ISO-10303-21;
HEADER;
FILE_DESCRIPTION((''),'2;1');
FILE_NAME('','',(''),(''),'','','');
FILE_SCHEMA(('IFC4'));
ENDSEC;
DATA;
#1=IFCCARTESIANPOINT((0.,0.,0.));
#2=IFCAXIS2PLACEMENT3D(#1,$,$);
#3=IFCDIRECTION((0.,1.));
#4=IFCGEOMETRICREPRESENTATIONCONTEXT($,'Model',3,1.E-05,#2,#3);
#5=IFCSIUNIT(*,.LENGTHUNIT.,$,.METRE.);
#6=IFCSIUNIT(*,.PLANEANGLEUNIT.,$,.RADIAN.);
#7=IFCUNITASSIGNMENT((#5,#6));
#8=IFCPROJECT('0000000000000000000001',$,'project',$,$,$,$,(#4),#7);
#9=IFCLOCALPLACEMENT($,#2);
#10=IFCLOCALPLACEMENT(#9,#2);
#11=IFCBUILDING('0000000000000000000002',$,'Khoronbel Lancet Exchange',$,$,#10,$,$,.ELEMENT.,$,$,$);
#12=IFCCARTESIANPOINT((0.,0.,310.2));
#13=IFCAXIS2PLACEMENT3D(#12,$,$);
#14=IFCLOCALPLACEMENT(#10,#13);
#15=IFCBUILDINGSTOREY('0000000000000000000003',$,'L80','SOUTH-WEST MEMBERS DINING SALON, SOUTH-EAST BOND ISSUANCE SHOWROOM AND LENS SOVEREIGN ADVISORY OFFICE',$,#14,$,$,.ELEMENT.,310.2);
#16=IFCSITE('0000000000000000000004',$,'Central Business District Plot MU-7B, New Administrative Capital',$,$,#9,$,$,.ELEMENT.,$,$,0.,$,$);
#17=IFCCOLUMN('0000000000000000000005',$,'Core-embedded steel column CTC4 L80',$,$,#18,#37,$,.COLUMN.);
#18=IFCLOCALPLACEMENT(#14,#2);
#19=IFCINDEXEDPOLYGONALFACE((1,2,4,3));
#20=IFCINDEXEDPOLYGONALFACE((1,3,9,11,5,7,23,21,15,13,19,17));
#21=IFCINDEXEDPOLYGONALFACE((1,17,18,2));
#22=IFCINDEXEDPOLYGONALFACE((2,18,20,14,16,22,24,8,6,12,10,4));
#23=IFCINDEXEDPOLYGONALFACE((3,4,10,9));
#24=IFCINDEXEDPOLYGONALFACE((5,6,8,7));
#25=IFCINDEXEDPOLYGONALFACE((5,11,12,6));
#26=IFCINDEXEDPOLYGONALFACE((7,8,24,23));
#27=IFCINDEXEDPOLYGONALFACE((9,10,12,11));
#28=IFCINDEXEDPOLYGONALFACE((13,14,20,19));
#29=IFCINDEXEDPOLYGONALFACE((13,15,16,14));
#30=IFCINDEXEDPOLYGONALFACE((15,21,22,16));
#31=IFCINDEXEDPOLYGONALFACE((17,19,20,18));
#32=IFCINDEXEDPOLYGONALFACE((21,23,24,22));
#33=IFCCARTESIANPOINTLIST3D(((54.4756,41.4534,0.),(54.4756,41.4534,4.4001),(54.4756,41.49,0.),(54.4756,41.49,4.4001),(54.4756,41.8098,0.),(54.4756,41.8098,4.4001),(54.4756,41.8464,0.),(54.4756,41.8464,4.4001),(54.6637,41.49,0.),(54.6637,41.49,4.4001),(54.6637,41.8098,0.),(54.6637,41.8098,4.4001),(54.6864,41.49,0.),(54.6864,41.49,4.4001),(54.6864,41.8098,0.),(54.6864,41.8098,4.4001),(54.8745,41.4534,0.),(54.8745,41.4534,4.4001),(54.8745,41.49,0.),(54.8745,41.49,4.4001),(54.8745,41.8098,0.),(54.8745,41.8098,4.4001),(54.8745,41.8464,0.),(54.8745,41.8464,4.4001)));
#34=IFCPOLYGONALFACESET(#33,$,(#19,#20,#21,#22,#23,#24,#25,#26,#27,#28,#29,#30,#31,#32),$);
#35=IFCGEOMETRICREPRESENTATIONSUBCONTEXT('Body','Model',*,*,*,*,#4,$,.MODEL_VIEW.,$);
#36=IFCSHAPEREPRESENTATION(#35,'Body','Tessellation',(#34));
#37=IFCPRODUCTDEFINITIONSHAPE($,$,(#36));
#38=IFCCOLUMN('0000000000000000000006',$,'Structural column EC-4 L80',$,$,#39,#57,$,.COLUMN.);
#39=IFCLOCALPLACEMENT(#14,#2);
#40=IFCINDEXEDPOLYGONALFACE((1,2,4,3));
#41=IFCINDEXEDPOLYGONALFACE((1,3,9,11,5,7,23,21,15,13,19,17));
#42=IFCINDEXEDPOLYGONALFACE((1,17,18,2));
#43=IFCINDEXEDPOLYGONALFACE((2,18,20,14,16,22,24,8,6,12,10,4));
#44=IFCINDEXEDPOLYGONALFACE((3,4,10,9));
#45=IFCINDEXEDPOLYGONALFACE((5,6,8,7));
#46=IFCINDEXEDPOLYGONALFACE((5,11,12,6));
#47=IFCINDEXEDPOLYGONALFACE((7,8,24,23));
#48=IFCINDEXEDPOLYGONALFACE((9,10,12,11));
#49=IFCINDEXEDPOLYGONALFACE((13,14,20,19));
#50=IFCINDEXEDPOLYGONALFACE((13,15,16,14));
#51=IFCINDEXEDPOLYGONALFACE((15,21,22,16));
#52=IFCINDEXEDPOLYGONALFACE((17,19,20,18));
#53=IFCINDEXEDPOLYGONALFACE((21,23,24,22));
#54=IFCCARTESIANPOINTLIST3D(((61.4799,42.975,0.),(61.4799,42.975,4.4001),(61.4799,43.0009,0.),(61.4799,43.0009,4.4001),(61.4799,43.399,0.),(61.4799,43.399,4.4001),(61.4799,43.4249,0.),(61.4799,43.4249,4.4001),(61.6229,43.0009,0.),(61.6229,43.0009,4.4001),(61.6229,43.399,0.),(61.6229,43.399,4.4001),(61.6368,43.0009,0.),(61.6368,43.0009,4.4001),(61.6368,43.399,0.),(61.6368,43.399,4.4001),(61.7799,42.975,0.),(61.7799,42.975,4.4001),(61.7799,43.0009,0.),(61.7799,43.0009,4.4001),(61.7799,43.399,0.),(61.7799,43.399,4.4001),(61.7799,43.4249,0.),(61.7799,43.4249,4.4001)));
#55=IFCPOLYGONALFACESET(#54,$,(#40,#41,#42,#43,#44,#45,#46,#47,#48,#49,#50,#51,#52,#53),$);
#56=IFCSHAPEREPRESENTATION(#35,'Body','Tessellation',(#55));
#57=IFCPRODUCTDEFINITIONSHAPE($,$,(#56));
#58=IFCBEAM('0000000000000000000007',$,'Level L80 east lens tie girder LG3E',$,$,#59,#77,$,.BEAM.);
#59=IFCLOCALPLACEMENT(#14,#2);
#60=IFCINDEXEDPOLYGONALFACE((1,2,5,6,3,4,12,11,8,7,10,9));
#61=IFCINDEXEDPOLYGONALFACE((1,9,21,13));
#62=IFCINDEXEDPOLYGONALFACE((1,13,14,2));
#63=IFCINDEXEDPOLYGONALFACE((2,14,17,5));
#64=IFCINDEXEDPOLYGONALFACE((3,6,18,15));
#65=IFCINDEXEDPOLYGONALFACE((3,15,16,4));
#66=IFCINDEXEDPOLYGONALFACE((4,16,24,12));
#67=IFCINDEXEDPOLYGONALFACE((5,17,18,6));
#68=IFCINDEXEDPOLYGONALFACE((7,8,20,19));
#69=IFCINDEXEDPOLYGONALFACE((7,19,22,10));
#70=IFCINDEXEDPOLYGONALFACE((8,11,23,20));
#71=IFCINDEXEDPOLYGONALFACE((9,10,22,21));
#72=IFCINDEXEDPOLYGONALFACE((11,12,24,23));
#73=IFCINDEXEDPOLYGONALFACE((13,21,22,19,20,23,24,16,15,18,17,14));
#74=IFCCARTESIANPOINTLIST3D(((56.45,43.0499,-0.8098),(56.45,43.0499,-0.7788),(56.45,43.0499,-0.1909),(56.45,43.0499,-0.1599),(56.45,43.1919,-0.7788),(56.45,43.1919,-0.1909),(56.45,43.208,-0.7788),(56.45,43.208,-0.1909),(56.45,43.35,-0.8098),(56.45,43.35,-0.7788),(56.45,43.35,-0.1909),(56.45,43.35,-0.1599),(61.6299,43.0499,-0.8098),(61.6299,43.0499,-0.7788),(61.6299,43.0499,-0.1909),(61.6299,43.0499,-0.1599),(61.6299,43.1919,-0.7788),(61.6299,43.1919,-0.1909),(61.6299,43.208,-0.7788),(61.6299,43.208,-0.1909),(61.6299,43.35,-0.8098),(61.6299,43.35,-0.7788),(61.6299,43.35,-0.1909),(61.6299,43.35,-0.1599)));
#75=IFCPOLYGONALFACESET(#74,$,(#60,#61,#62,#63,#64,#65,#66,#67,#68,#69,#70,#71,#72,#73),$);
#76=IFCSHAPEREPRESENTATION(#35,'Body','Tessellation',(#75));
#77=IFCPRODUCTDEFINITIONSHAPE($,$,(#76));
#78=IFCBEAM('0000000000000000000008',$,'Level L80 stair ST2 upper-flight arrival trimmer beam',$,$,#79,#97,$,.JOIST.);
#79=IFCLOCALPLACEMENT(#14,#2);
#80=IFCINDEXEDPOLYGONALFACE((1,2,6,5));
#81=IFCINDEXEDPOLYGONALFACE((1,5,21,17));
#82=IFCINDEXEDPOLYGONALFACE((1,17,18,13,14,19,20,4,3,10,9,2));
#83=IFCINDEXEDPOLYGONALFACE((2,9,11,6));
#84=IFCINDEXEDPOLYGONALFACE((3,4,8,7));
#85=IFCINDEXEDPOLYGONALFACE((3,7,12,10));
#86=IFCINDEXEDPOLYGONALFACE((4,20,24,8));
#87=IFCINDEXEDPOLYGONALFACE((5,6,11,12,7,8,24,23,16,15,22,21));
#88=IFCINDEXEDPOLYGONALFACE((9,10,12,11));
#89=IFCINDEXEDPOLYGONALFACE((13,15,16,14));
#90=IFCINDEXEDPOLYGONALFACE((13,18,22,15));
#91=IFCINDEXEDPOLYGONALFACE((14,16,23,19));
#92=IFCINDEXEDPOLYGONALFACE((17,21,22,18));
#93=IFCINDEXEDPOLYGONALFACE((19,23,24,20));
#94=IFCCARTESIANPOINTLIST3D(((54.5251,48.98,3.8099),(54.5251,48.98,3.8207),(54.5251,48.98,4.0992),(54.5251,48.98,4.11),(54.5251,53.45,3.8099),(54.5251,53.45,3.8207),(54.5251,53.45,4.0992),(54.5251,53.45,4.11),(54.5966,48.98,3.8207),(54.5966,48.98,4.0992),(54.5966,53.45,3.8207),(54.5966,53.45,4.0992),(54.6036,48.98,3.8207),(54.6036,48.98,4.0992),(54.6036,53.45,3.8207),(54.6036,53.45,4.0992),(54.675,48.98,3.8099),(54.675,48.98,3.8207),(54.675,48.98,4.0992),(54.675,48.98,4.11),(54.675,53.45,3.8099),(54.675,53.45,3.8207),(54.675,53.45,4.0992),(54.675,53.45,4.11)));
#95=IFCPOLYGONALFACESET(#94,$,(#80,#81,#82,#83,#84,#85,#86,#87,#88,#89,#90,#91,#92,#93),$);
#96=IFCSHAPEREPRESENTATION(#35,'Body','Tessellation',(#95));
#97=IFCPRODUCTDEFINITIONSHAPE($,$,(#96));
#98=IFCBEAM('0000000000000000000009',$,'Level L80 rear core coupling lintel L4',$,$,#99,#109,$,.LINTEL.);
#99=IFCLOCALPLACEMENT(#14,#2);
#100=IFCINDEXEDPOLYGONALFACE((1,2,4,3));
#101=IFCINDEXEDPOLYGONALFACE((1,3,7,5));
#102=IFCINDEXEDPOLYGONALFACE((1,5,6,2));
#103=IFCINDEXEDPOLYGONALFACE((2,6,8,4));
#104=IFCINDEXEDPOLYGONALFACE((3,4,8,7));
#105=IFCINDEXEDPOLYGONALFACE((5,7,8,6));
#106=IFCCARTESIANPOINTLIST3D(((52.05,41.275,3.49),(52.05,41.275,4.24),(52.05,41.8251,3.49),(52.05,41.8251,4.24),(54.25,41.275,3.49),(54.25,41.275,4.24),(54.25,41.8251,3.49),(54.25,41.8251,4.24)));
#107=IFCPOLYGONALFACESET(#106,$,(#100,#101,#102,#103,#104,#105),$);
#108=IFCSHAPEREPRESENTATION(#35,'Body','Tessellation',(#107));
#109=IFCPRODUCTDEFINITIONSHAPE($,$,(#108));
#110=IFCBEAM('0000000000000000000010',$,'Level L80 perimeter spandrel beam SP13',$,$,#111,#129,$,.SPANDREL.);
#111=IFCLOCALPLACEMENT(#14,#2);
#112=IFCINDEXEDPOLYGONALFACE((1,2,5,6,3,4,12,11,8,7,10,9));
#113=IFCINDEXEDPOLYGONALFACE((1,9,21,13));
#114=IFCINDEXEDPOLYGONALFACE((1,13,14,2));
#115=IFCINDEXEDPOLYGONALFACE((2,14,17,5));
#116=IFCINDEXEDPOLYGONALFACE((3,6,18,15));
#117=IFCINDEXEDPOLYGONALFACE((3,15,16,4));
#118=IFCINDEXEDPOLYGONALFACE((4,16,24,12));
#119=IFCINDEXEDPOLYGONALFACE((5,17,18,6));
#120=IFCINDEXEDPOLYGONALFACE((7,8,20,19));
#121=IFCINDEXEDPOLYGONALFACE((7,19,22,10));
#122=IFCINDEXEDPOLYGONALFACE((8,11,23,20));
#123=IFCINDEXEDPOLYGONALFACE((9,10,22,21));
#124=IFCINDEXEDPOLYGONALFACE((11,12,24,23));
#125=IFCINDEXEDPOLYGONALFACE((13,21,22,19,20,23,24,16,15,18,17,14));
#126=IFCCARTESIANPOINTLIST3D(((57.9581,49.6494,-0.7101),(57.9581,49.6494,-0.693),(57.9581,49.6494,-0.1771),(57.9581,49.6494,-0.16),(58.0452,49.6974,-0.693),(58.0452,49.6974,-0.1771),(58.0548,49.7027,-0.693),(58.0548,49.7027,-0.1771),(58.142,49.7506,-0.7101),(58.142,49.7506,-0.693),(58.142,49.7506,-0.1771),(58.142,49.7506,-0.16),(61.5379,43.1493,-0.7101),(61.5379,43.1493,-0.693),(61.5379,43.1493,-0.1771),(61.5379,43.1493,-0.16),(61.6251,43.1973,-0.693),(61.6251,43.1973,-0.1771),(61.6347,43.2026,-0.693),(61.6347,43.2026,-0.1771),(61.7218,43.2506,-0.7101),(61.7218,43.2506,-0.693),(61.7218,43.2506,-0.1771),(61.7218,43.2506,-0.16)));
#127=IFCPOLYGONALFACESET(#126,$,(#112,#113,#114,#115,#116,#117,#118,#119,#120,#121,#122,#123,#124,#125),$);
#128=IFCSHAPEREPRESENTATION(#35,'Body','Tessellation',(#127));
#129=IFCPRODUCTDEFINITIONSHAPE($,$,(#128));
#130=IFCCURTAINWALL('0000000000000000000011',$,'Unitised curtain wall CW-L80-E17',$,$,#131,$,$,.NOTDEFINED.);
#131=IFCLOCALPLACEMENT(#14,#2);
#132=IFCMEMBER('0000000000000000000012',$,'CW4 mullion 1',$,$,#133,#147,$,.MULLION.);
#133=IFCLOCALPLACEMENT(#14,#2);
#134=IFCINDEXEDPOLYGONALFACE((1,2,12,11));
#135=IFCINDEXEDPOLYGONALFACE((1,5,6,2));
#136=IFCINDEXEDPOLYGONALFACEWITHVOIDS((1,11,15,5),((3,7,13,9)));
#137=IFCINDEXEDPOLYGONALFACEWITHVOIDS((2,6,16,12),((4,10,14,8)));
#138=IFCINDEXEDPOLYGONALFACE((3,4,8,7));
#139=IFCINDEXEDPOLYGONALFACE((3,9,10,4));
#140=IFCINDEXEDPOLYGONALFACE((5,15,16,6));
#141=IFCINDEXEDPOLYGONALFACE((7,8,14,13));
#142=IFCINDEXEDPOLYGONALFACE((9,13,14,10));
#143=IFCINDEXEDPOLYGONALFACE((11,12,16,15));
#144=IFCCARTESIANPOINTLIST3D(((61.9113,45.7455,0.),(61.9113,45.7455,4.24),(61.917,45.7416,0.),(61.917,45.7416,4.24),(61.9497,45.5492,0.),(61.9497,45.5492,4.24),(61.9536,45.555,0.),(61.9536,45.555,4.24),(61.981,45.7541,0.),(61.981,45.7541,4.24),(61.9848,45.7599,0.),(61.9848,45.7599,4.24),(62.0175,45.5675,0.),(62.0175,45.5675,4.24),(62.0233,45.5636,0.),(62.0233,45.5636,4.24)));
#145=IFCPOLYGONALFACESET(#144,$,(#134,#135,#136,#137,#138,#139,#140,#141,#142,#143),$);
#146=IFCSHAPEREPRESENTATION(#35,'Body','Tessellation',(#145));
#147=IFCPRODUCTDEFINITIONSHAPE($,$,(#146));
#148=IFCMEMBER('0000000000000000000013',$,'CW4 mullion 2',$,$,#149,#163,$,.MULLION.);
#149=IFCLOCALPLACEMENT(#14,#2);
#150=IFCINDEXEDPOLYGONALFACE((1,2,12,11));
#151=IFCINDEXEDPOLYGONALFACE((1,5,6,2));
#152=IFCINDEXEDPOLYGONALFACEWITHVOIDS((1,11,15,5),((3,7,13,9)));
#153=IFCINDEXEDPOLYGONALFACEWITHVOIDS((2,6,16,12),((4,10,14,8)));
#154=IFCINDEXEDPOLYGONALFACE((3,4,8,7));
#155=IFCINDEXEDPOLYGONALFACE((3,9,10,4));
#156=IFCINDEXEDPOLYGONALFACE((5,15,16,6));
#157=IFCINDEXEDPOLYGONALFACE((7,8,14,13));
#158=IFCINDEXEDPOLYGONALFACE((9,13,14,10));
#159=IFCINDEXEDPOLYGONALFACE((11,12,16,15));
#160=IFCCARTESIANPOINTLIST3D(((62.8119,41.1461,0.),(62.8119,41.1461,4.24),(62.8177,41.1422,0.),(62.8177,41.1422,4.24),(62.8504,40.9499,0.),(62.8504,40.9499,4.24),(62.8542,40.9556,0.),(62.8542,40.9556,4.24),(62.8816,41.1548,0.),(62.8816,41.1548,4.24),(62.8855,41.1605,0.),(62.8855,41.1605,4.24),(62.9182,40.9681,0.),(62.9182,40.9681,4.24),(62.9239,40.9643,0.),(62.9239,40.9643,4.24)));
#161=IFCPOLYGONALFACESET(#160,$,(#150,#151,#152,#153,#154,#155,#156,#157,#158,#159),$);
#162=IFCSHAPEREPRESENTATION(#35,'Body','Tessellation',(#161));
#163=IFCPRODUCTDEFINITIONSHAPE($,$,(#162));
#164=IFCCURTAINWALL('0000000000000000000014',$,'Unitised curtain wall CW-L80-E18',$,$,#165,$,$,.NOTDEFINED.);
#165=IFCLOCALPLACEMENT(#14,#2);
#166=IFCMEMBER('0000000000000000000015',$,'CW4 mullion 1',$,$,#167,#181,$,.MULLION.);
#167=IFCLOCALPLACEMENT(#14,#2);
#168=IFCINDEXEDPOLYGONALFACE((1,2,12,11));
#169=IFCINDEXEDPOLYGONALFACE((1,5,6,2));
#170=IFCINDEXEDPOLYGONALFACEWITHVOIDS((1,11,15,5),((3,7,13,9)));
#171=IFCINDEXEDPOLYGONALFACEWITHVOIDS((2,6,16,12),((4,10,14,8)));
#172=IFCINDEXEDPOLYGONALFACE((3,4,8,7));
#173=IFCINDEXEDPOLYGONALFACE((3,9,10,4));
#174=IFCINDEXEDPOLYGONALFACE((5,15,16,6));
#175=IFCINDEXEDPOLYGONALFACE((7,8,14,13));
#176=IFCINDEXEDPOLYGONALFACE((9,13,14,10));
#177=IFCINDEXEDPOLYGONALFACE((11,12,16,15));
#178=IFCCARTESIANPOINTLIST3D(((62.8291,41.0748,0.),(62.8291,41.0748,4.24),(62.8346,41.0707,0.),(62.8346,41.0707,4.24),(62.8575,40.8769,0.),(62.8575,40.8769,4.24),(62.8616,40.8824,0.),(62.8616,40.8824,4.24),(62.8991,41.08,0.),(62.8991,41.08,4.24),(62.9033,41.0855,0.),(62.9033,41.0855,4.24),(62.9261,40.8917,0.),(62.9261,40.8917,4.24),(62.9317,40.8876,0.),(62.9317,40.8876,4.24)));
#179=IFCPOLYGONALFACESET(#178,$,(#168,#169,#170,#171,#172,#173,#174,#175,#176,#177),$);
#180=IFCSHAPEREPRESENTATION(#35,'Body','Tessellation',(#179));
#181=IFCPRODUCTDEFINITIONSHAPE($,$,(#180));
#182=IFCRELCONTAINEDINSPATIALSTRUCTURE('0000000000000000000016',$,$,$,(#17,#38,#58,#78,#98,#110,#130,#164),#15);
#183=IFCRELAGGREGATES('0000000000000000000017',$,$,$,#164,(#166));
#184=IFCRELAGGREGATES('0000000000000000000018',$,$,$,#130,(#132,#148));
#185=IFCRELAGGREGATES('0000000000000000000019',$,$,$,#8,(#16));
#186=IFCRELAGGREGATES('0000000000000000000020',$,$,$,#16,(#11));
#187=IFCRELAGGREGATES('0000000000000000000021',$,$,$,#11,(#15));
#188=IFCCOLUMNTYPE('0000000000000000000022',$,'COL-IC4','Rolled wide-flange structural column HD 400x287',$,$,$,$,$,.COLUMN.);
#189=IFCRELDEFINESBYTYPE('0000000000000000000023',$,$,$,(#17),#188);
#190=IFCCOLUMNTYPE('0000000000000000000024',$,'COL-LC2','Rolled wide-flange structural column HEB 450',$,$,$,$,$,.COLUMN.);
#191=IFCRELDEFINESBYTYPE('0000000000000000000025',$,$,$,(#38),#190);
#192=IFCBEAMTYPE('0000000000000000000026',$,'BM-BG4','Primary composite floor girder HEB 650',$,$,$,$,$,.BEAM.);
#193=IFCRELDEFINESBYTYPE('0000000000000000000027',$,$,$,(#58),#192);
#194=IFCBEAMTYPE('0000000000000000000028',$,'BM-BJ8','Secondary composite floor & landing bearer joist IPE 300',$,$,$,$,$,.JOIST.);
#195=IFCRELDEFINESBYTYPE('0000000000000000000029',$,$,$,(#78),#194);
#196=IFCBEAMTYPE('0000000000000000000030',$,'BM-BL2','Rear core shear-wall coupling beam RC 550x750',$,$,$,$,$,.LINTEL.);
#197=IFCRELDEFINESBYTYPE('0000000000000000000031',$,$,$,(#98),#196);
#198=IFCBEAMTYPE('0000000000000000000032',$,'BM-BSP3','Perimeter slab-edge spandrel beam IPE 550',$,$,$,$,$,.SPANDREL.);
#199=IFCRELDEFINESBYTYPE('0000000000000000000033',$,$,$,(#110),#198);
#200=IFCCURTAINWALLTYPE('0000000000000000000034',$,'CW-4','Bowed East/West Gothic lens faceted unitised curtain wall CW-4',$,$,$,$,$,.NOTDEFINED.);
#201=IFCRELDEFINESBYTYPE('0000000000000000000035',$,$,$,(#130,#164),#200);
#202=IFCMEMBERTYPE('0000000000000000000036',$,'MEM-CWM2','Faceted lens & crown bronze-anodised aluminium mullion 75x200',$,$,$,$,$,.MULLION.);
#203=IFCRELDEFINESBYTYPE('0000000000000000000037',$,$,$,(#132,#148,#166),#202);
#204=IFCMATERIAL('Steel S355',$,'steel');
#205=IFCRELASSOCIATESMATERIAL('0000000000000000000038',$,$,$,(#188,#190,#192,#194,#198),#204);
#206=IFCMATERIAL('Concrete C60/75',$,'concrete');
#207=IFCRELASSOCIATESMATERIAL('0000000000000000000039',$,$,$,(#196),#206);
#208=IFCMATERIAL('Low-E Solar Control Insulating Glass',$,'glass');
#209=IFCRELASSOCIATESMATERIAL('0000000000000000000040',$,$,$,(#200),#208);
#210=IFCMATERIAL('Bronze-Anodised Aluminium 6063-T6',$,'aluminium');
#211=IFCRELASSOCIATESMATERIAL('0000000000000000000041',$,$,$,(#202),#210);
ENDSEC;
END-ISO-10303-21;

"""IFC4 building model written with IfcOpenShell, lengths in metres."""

from ifc_helpers import new_model, si_unit, direction, frame, origin, origin_2d, place, context, subcontext, project, spatial, rectangle, hollow_rectangle, i_section, extrude, material, material_profile, profile_set, type_object, element, aggregate, save


model = new_model("IFC4")

# Units and contexts
model_context = context("Model", 3, precision=1e-05, world=origin(), true_north=direction((0.0, 1.0)))
body_context = subcontext(model_context, "Body", "Model", "MODEL_VIEW")
ifc_project = project(units=[si_unit("LENGTHUNIT", "METRE"), si_unit("PLANEANGLEUNIT", "RADIAN")], contexts=[model_context])

# Site, building, storey
site_placement = place(None, origin())
site = spatial("IfcSite", under=ifc_project, at=site_placement, Name="Central Business District Plot MU-7B, New Administrative Capital", CompositionType="ELEMENT", RefElevation=0.0)
building_placement = place(site_placement, origin())
building = spatial("IfcBuilding", under=site, at=building_placement, Name="Khoronbel Lancet Exchange", CompositionType="ELEMENT")
storey_placement = place(building_placement, frame((0.0, 0.0, 310.2)))
storey = spatial("IfcBuildingStorey", under=building, at=storey_placement, Name="L80", Description="SOUTH-WEST MEMBERS DINING SALON, SOUTH-EAST BOND ISSUANCE SHOWROOM AND LENS SOVEREIGN ADVISORY OFFICE", CompositionType="ELEMENT", Elevation=310.2)

# Columns
ifc_material_1 = material(Name="Steel S355", Category="steel")
ifc_material_profile_1 = material_profile(ifc_material_1, i_section(OverallWidth=0.3989, OverallDepth=0.3931, WebThickness=0.0227, FlangeThickness=0.0366, at=origin_2d()), Name="HD 400x287")
ifc_profile_set_1 = profile_set([ifc_material_profile_1], Name="Steel S355")
column_type_1 = type_object("IfcColumnType", Name="COL-IC4", Description="Rolled wide-flange structural column HD 400x287", PredefinedType="COLUMN", material=ifc_profile_set_1)
column_1_placement = place(storey_placement, frame((54.675, 41.6499, 0.0), z_axis=(0.0, 0.0, 1.0), x_axis=(1.0, 0.0, 0.0)))
element("IfcColumn", 1, at=column_1_placement, inside=storey, type_object=column_type_1, Name="Core-embedded steel column CTC4 L80", PredefinedType="COLUMN", context=body_context, shape_type="SweptSolid", body=[
    extrude(i_section(OverallWidth=0.3989, OverallDepth=0.3931, WebThickness=0.0227, FlangeThickness=0.0366, at=origin_2d()), origin(), (0.0, 0.0, 1.0), 4.4001),
])
ifc_material_profile_2 = material_profile(ifc_material_1, i_section(OverallWidth=0.3, OverallDepth=0.45, WebThickness=0.0139, FlangeThickness=0.0259, at=origin_2d()), Name="HEB 450")
ifc_profile_set_2 = profile_set([ifc_material_profile_2], Name="Steel S355")
column_type_2 = type_object("IfcColumnType", Name="COL-LC2", Description="Rolled wide-flange structural column HEB 450", PredefinedType="COLUMN", material=ifc_profile_set_2)
column_2_placement = place(storey_placement, frame((61.6299, 43.2, 0.0), z_axis=(0.0, 0.0, 1.0), x_axis=(1.0, 0.0, 0.0)))
element("IfcColumn", 2, at=column_2_placement, inside=storey, type_object=column_type_2, Name="Structural column EC-4 L80", PredefinedType="COLUMN", context=body_context, shape_type="SweptSolid", body=[
    extrude(i_section(OverallWidth=0.3, OverallDepth=0.45, WebThickness=0.0139, FlangeThickness=0.0259, at=origin_2d()), origin(), (0.0, 0.0, 1.0), 4.4001),
])

# Beams
ifc_material_profile_3 = material_profile(ifc_material_1, i_section(OverallWidth=0.3, OverallDepth=0.6499, WebThickness=0.0161, FlangeThickness=0.031, at=origin_2d()), Name="HEB 650")
ifc_profile_set_3 = profile_set([ifc_material_profile_3], Name="Steel S355")
beam_type_1 = type_object("IfcBeamType", Name="BM-BG4", Description="Primary composite floor girder HEB 650", PredefinedType="BEAM", material=ifc_profile_set_3)
beam_1_placement = place(storey_placement, frame((56.45, 43.2, -0.4849), z_axis=(1.0, 0.0, 0.0), x_axis=(0.0, 1.0, 0.0)))
element("IfcBeam", 3, at=beam_1_placement, inside=storey, type_object=beam_type_1, Name="Level L80 east lens tie girder LG3E", PredefinedType="BEAM", context=body_context, shape_type="SweptSolid", body=[
    extrude(i_section(OverallWidth=0.3, OverallDepth=0.6499, WebThickness=0.0161, FlangeThickness=0.031, at=origin_2d()), origin(), (0.0, 0.0, 1.0), 5.1799),
])
ifc_material_profile_4 = material_profile(ifc_material_1, i_section(OverallWidth=0.1499, OverallDepth=0.3, WebThickness=0.0071, FlangeThickness=0.0107, at=origin_2d()), Name="IPE 300")
ifc_profile_set_4 = profile_set([ifc_material_profile_4], Name="Steel S355")
beam_type_2 = type_object("IfcBeamType", Name="BM-BJ8", Description="Secondary composite floor & landing bearer joist IPE 300", PredefinedType="JOIST", material=ifc_profile_set_4)
beam_2_placement = place(storey_placement, frame((54.6001, 48.98, 3.96), z_axis=(0.0, 1.0, 0.0), x_axis=(-1.0, 0.0, 0.0)))
element("IfcBeam", 4, at=beam_2_placement, inside=storey, type_object=beam_type_2, Name="Level L80 stair ST2 upper-flight arrival trimmer beam", PredefinedType="JOIST", context=body_context, shape_type="SweptSolid", body=[
    extrude(i_section(OverallWidth=0.1499, OverallDepth=0.3, WebThickness=0.0071, FlangeThickness=0.0107, at=origin_2d()), origin(), (0.0, 0.0, 1.0), 4.47),
])
ifc_material_2 = material(Name="Concrete C60/75", Category="concrete")
ifc_material_profile_5 = material_profile(ifc_material_2, rectangle(XDim=0.55, YDim=0.75, at=origin_2d()), Name="RC 550x750")
ifc_profile_set_5 = profile_set([ifc_material_profile_5], Name="Concrete C60/75")
beam_type_3 = type_object("IfcBeamType", Name="BM-BL2", Description="Rear core shear-wall coupling beam RC 550x750", PredefinedType="LINTEL", material=ifc_profile_set_5)
beam_3_placement = place(storey_placement, frame((52.05, 41.55, 3.865), z_axis=(1.0, 0.0, 0.0), x_axis=(0.0, 1.0, 0.0)))
element("IfcBeam", 5, at=beam_3_placement, inside=storey, type_object=beam_type_3, Name="Level L80 rear core coupling lintel L4", PredefinedType="LINTEL", context=body_context, shape_type="SweptSolid", body=[
    extrude(rectangle(XDim=0.55, YDim=0.75, at=origin_2d()), origin(), (0.0, 0.0, 1.0), 2.2),
])
ifc_material_profile_6 = material_profile(ifc_material_1, i_section(OverallWidth=0.21, OverallDepth=0.55, WebThickness=0.011, FlangeThickness=0.0171, at=origin_2d()), Name="IPE 550")
ifc_profile_set_6 = profile_set([ifc_material_profile_6], Name="Steel S355")
beam_type_4 = type_object("IfcBeamType", Name="BM-BSP3", Description="Perimeter slab-edge spandrel beam IPE 550", PredefinedType="SPANDREL", material=ifc_profile_set_6)
beam_4_placement = place(storey_placement, frame((61.6299, 43.2, -0.4351), z_axis=(-0.482419, 0.875941, 0.0), x_axis=(-0.875941, -0.482419, 0.0)))
element("IfcBeam", 6, at=beam_4_placement, inside=storey, type_object=beam_type_4, Name="Level L80 perimeter spandrel beam SP13", PredefinedType="SPANDREL", context=body_context, shape_type="SweptSolid", body=[
    extrude(i_section(OverallWidth=0.21, OverallDepth=0.55, WebThickness=0.011, FlangeThickness=0.0171, at=origin_2d()), origin(), (0.0, 0.0, 1.0), 7.4207),
])

# Curtain wall, members
ifc_material_3 = material(Name="Low-E Solar Control Insulating Glass", Category="glass")
curtain_wall_type = type_object("IfcCurtainWallType", Name="CW-4", Description="Bowed East/West Gothic lens faceted unitised curtain wall CW-4", PredefinedType="NOTDEFINED", material=ifc_material_3)
curtain_wall_1_placement = place(storey_placement, origin())
curtain_wall_1 = element("IfcCurtainWall", 7, at=curtain_wall_1_placement, inside=storey, type_object=curtain_wall_type, Name="Unitised curtain wall CW-L80-E17", PredefinedType="NOTDEFINED")
ifc_material_4 = material(Name="Bronze-Anodised Aluminium 6063-T6", Category="aluminium")
ifc_material_profile_7 = material_profile(ifc_material_4, hollow_rectangle(XDim=0.075, YDim=0.2, WallThickness=0.0049, at=origin_2d()), Name="ALU MULLION 75x200")
ifc_profile_set_7 = profile_set([ifc_material_profile_7], Name="Bronze-Anodised Aluminium 6063-T6")
member_type_1 = type_object("IfcMemberType", Name="MEM-CWM2", Description="Faceted lens & crown bronze-anodised aluminium mullion 75x200", PredefinedType="MULLION", material=ifc_profile_set_7)
member_1_placement = place(storey_placement, frame((61.9673, 45.6545, 0.0), z_axis=(0.0, 0.0, 1.0), x_axis=(0.98136, 0.192177, 0.0)))
member_1 = element("IfcMember", 8, at=member_1_placement, type_object=member_type_1, Name="CW4 mullion 1", PredefinedType="MULLION", context=body_context, shape_type="SweptSolid", body=[
    extrude(hollow_rectangle(XDim=0.075, YDim=0.2, WallThickness=0.0049, at=origin_2d()), origin(), (0.0, 0.0, 1.0), 4.24),
])
member_2_placement = place(storey_placement, frame((62.8679, 41.0552, 0.0), z_axis=(0.0, 0.0, 1.0), x_axis=(0.98136, 0.192177, 0.0)))
member_2 = element("IfcMember", 9, at=member_2_placement, type_object=member_type_1, Name="CW4 mullion 2", PredefinedType="MULLION", context=body_context, shape_type="SweptSolid", body=[
    extrude(hollow_rectangle(XDim=0.075, YDim=0.2, WallThickness=0.0049, at=origin_2d()), origin(), (0.0, 0.0, 1.0), 4.24),
])

# Curtain wall, member
curtain_wall_2_placement = place(storey_placement, origin())
curtain_wall_2 = element("IfcCurtainWall", 10, at=curtain_wall_2_placement, inside=storey, type_object=curtain_wall_type, Name="Unitised curtain wall CW-L80-E18", PredefinedType="NOTDEFINED")
member_3_placement = place(storey_placement, frame((62.8804, 40.9812, 0.0), z_axis=(0.0, 0.0, 1.0), x_axis=(0.98988, 0.141906, 0.0)))
member_3 = element("IfcMember", 11, at=member_3_placement, type_object=member_type_1, Name="CW4 mullion 1", PredefinedType="MULLION", context=body_context, shape_type="SweptSolid", body=[
    extrude(hollow_rectangle(XDim=0.075, YDim=0.2, WallThickness=0.0049, at=origin_2d()), origin(), (0.0, 0.0, 1.0), 4.24),
])

aggregate(curtain_wall_2, [member_3])
aggregate(curtain_wall_1, [member_1, member_2])

save(model, "model.ifc")
